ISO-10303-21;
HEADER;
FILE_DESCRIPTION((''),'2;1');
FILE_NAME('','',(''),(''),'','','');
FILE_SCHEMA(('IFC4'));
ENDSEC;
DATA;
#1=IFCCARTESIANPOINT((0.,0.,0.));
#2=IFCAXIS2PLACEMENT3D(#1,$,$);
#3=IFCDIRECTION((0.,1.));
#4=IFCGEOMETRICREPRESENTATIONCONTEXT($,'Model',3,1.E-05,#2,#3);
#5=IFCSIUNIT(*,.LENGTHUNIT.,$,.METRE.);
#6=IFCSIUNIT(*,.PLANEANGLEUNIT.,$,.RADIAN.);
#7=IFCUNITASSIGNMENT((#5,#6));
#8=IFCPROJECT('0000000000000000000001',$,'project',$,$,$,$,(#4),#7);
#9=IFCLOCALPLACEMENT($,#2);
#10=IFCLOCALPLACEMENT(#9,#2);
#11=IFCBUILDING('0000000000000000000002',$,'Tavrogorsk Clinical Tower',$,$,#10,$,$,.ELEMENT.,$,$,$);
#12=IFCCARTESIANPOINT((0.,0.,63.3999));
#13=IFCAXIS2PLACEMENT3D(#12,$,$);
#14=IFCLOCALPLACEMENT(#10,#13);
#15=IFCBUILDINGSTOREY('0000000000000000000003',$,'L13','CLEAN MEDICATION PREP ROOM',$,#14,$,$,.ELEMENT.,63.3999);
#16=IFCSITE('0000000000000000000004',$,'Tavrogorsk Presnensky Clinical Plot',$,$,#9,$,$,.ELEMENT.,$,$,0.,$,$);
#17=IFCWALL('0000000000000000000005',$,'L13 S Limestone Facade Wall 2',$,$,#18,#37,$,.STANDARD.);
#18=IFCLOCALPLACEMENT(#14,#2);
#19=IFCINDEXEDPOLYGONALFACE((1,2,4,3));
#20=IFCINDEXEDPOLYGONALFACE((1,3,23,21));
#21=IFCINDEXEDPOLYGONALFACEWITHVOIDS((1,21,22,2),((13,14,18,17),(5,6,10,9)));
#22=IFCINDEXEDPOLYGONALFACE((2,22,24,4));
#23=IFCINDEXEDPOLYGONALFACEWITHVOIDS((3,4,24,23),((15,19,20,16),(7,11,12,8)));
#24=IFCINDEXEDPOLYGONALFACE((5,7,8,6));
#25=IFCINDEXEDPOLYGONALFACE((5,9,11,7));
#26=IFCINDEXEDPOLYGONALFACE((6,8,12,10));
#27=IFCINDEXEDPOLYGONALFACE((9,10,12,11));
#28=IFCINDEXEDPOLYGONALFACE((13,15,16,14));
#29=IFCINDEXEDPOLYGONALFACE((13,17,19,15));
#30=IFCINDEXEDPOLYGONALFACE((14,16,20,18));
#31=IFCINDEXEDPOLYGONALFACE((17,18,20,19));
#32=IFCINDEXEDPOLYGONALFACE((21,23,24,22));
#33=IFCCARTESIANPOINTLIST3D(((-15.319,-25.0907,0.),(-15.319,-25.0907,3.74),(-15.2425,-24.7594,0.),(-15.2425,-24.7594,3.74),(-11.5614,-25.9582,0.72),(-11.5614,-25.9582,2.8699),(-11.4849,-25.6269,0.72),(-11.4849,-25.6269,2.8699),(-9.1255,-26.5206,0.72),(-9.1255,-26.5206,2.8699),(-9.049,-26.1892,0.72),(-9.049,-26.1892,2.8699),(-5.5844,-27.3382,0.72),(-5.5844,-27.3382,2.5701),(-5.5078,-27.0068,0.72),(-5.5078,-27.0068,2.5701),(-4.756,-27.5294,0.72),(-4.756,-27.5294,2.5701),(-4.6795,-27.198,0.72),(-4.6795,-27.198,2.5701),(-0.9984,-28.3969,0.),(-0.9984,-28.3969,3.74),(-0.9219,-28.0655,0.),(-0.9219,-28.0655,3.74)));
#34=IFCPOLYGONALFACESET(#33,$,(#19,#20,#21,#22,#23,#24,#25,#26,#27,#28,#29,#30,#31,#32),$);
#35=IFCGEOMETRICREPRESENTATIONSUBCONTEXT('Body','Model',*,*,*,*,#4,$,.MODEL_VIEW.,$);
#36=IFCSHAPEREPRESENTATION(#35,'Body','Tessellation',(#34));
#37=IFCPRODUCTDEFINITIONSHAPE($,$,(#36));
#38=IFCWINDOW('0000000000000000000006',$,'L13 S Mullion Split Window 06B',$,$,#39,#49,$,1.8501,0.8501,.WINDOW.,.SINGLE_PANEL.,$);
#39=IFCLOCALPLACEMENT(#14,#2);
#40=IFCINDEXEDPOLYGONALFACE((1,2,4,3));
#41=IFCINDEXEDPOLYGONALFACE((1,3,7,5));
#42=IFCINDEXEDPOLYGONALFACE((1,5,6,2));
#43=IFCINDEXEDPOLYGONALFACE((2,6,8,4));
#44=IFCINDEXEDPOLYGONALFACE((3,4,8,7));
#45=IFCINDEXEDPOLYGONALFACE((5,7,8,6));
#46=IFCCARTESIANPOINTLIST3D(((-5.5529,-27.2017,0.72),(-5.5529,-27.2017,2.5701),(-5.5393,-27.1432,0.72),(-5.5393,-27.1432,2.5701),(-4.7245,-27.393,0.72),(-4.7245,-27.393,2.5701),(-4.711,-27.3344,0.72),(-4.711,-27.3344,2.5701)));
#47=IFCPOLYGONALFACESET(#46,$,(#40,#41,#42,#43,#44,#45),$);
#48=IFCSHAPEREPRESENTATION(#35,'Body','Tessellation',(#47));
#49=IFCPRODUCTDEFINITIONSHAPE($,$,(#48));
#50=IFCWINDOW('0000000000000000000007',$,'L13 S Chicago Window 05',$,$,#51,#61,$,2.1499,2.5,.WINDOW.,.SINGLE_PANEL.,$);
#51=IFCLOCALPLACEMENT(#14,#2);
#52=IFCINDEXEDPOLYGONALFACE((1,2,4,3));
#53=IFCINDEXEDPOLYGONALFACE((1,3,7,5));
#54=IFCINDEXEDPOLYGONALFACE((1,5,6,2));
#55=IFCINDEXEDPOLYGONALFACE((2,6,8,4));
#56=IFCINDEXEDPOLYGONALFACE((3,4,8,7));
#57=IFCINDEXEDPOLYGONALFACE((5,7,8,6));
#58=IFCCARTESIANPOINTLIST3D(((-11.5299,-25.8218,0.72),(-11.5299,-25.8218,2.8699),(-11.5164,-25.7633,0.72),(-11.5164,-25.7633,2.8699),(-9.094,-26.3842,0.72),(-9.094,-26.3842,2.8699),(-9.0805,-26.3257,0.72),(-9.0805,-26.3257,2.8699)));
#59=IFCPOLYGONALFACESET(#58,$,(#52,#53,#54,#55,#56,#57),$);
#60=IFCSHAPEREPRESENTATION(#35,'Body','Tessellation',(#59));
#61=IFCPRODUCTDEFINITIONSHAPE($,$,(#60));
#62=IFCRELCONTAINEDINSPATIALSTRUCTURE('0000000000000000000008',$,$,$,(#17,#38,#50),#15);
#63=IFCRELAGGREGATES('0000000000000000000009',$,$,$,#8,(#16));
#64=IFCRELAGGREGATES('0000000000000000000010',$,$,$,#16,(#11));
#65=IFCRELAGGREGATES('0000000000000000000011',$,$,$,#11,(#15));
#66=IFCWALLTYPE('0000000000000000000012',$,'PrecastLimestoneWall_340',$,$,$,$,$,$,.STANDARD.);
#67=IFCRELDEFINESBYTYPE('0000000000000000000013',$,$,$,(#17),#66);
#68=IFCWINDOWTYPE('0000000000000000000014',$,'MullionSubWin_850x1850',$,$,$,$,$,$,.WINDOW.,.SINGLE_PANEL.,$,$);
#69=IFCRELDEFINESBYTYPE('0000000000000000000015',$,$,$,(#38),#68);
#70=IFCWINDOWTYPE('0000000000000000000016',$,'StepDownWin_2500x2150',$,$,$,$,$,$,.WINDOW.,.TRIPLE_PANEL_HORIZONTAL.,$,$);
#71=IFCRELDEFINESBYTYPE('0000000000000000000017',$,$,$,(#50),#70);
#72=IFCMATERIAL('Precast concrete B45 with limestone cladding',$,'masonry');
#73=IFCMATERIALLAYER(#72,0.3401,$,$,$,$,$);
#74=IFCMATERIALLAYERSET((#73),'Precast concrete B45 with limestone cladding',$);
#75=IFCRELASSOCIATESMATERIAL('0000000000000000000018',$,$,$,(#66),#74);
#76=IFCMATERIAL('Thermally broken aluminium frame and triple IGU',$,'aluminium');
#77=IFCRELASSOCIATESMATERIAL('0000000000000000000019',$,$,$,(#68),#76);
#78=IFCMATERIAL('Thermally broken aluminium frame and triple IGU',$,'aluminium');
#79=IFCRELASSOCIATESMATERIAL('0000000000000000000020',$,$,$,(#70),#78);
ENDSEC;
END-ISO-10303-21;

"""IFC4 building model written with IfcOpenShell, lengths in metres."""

from ifc_helpers import new_model, si_unit, direction, frame, frame_2d, origin, place, context, subcontext, project, spatial, rectangle, extrude, material, layer, layer_set, type_object, element, fill, save


model = new_model("IFC4")

# Units and contexts
model_context = context("Model", 3, precision=1e-05, world=origin(), true_north=direction((0.0, 1.0)))
body_context = subcontext(model_context, "Body", "Model", "MODEL_VIEW")
ifc_project = project(units=[si_unit("LENGTHUNIT", "METRE"), si_unit("PLANEANGLEUNIT", "RADIAN")], contexts=[model_context])

# Site, building, storey
site_placement = place(None, origin())
site = spatial("IfcSite", under=ifc_project, at=site_placement, Name="Tavrogorsk Presnensky Clinical Plot", CompositionType="ELEMENT", RefElevation=0.0)
building_placement = place(site_placement, origin())
building = spatial("IfcBuilding", under=site, at=building_placement, Name="Tavrogorsk Clinical Tower", CompositionType="ELEMENT")
storey_placement = place(building_placement, frame((0.0, 0.0, 63.3999)))
storey = spatial("IfcBuildingStorey", under=building, at=storey_placement, Name="L13", Description="CLEAN MEDICATION PREP ROOM", CompositionType="ELEMENT", Elevation=63.3999)

# Wall, openings, windows
ifc_material_1 = material(Name="Precast concrete B45 with limestone cladding", Category="masonry")
ifc_layer_1 = layer(ifc_material_1, 0.3401)
ifc_layer_set_1 = layer_set([ifc_layer_1], Name="Precast concrete B45 with limestone cladding")
wall_type_1 = type_object("IfcWallType", Name="PrecastLimestoneWall_340", PredefinedType="STANDARD", material=ifc_layer_set_1)
wall_1_placement = place(storey_placement, frame((-15.2808, -24.925, 0.0), z_axis=(0.0, 0.0, 1.0), x_axis=(0.97437, -0.22495, 0.0)))
wall_1 = element("IfcWall", 1, at=wall_1_placement, inside=storey, type_object=wall_type_1, Name="L13 S Limestone Facade Wall 2", PredefinedType="STANDARD", context=body_context, shape_type="SweptSolid", body=[
    extrude(rectangle(XDim=14.6973, YDim=0.3401, at=frame_2d((7.3486, 0.0))), origin(), (0.0, 0.0, 1.0), 3.74),
])
opening_1_placement = place(wall_1_placement, frame((3.8564, 0.0, 0.72)))
opening_1 = element("IfcOpeningElement", 2, at=opening_1_placement, cuts=wall_1, PredefinedType="OPENING", context=body_context, shape_type="SweptSolid", body=[
    extrude(rectangle(XDim=2.5, YDim=2.1499, at=frame_2d((1.25, 1.075))), frame((0.0, 0.1799, 0.0), z_axis=(0.0, -1.0, 0.0), x_axis=(1.0, 0.0, 0.0)), (0.0, 0.0, 1.0), 0.3601),
])
opening_2_placement = place(wall_1_placement, frame((9.9907, 0.0, 0.72)))
opening_2 = element("IfcOpeningElement", 3, at=opening_2_placement, cuts=wall_1, PredefinedType="OPENING", context=body_context, shape_type="SweptSolid", body=[
    extrude(rectangle(XDim=0.8501, YDim=1.8501, at=frame_2d((0.425, 0.925))), frame((0.0, 0.1799, 0.0), z_axis=(0.0, -1.0, 0.0), x_axis=(1.0, 0.0, 0.0)), (0.0, 0.0, 1.0), 0.3601),
])
ifc_material_2 = material(Name="Thermally broken aluminium frame and triple IGU", Category="aluminium")
window_type_1 = type_object("IfcWindowType", Name="MullionSubWin_850x1850", PartitioningType="SINGLE_PANEL", PredefinedType="WINDOW", material=ifc_material_2)
window_1_placement = place(opening_2_placement, origin())
window_1 = element("IfcWindow", 4, at=window_1_placement, inside=storey, type_object=window_type_1, Name="L13 S Mullion Split Window 06B", OverallHeight=1.8501, OverallWidth=0.8501, PartitioningType="SINGLE_PANEL", PredefinedType="WINDOW", context=body_context, shape_type="SweptSolid", body=[
    extrude(rectangle(XDim=0.8501, YDim=1.8501, at=frame_2d((0.425, 0.925))), frame((0.0, 0.03, 0.0), z_axis=(0.0, -1.0, 0.0), x_axis=(1.0, 0.0, 0.0)), (0.0, 0.0, 1.0), 0.0601),
])
fill(opening_2, window_1)
ifc_material_3 = material(Name="Thermally broken aluminium frame and triple IGU", Category="aluminium")
window_type_2 = type_object("IfcWindowType", Name="StepDownWin_2500x2150", PartitioningType="TRIPLE_PANEL_HORIZONTAL", PredefinedType="WINDOW", material=ifc_material_3)
window_2_placement = place(opening_1_placement, origin())
window_2 = element("IfcWindow", 5, at=window_2_placement, inside=storey, type_object=window_type_2, Name="L13 S Chicago Window 05", OverallHeight=2.1499, OverallWidth=2.5, PartitioningType="SINGLE_PANEL", PredefinedType="WINDOW", context=body_context, shape_type="SweptSolid", body=[
    extrude(rectangle(XDim=2.5, YDim=2.1499, at=frame_2d((1.25, 1.075))), frame((0.0, 0.03, 0.0), z_axis=(0.0, -1.0, 0.0), x_axis=(1.0, 0.0, 0.0)), (0.0, 0.0, 1.0), 0.0601),
])
fill(opening_1, window_2)

save(model, "model.ifc")
